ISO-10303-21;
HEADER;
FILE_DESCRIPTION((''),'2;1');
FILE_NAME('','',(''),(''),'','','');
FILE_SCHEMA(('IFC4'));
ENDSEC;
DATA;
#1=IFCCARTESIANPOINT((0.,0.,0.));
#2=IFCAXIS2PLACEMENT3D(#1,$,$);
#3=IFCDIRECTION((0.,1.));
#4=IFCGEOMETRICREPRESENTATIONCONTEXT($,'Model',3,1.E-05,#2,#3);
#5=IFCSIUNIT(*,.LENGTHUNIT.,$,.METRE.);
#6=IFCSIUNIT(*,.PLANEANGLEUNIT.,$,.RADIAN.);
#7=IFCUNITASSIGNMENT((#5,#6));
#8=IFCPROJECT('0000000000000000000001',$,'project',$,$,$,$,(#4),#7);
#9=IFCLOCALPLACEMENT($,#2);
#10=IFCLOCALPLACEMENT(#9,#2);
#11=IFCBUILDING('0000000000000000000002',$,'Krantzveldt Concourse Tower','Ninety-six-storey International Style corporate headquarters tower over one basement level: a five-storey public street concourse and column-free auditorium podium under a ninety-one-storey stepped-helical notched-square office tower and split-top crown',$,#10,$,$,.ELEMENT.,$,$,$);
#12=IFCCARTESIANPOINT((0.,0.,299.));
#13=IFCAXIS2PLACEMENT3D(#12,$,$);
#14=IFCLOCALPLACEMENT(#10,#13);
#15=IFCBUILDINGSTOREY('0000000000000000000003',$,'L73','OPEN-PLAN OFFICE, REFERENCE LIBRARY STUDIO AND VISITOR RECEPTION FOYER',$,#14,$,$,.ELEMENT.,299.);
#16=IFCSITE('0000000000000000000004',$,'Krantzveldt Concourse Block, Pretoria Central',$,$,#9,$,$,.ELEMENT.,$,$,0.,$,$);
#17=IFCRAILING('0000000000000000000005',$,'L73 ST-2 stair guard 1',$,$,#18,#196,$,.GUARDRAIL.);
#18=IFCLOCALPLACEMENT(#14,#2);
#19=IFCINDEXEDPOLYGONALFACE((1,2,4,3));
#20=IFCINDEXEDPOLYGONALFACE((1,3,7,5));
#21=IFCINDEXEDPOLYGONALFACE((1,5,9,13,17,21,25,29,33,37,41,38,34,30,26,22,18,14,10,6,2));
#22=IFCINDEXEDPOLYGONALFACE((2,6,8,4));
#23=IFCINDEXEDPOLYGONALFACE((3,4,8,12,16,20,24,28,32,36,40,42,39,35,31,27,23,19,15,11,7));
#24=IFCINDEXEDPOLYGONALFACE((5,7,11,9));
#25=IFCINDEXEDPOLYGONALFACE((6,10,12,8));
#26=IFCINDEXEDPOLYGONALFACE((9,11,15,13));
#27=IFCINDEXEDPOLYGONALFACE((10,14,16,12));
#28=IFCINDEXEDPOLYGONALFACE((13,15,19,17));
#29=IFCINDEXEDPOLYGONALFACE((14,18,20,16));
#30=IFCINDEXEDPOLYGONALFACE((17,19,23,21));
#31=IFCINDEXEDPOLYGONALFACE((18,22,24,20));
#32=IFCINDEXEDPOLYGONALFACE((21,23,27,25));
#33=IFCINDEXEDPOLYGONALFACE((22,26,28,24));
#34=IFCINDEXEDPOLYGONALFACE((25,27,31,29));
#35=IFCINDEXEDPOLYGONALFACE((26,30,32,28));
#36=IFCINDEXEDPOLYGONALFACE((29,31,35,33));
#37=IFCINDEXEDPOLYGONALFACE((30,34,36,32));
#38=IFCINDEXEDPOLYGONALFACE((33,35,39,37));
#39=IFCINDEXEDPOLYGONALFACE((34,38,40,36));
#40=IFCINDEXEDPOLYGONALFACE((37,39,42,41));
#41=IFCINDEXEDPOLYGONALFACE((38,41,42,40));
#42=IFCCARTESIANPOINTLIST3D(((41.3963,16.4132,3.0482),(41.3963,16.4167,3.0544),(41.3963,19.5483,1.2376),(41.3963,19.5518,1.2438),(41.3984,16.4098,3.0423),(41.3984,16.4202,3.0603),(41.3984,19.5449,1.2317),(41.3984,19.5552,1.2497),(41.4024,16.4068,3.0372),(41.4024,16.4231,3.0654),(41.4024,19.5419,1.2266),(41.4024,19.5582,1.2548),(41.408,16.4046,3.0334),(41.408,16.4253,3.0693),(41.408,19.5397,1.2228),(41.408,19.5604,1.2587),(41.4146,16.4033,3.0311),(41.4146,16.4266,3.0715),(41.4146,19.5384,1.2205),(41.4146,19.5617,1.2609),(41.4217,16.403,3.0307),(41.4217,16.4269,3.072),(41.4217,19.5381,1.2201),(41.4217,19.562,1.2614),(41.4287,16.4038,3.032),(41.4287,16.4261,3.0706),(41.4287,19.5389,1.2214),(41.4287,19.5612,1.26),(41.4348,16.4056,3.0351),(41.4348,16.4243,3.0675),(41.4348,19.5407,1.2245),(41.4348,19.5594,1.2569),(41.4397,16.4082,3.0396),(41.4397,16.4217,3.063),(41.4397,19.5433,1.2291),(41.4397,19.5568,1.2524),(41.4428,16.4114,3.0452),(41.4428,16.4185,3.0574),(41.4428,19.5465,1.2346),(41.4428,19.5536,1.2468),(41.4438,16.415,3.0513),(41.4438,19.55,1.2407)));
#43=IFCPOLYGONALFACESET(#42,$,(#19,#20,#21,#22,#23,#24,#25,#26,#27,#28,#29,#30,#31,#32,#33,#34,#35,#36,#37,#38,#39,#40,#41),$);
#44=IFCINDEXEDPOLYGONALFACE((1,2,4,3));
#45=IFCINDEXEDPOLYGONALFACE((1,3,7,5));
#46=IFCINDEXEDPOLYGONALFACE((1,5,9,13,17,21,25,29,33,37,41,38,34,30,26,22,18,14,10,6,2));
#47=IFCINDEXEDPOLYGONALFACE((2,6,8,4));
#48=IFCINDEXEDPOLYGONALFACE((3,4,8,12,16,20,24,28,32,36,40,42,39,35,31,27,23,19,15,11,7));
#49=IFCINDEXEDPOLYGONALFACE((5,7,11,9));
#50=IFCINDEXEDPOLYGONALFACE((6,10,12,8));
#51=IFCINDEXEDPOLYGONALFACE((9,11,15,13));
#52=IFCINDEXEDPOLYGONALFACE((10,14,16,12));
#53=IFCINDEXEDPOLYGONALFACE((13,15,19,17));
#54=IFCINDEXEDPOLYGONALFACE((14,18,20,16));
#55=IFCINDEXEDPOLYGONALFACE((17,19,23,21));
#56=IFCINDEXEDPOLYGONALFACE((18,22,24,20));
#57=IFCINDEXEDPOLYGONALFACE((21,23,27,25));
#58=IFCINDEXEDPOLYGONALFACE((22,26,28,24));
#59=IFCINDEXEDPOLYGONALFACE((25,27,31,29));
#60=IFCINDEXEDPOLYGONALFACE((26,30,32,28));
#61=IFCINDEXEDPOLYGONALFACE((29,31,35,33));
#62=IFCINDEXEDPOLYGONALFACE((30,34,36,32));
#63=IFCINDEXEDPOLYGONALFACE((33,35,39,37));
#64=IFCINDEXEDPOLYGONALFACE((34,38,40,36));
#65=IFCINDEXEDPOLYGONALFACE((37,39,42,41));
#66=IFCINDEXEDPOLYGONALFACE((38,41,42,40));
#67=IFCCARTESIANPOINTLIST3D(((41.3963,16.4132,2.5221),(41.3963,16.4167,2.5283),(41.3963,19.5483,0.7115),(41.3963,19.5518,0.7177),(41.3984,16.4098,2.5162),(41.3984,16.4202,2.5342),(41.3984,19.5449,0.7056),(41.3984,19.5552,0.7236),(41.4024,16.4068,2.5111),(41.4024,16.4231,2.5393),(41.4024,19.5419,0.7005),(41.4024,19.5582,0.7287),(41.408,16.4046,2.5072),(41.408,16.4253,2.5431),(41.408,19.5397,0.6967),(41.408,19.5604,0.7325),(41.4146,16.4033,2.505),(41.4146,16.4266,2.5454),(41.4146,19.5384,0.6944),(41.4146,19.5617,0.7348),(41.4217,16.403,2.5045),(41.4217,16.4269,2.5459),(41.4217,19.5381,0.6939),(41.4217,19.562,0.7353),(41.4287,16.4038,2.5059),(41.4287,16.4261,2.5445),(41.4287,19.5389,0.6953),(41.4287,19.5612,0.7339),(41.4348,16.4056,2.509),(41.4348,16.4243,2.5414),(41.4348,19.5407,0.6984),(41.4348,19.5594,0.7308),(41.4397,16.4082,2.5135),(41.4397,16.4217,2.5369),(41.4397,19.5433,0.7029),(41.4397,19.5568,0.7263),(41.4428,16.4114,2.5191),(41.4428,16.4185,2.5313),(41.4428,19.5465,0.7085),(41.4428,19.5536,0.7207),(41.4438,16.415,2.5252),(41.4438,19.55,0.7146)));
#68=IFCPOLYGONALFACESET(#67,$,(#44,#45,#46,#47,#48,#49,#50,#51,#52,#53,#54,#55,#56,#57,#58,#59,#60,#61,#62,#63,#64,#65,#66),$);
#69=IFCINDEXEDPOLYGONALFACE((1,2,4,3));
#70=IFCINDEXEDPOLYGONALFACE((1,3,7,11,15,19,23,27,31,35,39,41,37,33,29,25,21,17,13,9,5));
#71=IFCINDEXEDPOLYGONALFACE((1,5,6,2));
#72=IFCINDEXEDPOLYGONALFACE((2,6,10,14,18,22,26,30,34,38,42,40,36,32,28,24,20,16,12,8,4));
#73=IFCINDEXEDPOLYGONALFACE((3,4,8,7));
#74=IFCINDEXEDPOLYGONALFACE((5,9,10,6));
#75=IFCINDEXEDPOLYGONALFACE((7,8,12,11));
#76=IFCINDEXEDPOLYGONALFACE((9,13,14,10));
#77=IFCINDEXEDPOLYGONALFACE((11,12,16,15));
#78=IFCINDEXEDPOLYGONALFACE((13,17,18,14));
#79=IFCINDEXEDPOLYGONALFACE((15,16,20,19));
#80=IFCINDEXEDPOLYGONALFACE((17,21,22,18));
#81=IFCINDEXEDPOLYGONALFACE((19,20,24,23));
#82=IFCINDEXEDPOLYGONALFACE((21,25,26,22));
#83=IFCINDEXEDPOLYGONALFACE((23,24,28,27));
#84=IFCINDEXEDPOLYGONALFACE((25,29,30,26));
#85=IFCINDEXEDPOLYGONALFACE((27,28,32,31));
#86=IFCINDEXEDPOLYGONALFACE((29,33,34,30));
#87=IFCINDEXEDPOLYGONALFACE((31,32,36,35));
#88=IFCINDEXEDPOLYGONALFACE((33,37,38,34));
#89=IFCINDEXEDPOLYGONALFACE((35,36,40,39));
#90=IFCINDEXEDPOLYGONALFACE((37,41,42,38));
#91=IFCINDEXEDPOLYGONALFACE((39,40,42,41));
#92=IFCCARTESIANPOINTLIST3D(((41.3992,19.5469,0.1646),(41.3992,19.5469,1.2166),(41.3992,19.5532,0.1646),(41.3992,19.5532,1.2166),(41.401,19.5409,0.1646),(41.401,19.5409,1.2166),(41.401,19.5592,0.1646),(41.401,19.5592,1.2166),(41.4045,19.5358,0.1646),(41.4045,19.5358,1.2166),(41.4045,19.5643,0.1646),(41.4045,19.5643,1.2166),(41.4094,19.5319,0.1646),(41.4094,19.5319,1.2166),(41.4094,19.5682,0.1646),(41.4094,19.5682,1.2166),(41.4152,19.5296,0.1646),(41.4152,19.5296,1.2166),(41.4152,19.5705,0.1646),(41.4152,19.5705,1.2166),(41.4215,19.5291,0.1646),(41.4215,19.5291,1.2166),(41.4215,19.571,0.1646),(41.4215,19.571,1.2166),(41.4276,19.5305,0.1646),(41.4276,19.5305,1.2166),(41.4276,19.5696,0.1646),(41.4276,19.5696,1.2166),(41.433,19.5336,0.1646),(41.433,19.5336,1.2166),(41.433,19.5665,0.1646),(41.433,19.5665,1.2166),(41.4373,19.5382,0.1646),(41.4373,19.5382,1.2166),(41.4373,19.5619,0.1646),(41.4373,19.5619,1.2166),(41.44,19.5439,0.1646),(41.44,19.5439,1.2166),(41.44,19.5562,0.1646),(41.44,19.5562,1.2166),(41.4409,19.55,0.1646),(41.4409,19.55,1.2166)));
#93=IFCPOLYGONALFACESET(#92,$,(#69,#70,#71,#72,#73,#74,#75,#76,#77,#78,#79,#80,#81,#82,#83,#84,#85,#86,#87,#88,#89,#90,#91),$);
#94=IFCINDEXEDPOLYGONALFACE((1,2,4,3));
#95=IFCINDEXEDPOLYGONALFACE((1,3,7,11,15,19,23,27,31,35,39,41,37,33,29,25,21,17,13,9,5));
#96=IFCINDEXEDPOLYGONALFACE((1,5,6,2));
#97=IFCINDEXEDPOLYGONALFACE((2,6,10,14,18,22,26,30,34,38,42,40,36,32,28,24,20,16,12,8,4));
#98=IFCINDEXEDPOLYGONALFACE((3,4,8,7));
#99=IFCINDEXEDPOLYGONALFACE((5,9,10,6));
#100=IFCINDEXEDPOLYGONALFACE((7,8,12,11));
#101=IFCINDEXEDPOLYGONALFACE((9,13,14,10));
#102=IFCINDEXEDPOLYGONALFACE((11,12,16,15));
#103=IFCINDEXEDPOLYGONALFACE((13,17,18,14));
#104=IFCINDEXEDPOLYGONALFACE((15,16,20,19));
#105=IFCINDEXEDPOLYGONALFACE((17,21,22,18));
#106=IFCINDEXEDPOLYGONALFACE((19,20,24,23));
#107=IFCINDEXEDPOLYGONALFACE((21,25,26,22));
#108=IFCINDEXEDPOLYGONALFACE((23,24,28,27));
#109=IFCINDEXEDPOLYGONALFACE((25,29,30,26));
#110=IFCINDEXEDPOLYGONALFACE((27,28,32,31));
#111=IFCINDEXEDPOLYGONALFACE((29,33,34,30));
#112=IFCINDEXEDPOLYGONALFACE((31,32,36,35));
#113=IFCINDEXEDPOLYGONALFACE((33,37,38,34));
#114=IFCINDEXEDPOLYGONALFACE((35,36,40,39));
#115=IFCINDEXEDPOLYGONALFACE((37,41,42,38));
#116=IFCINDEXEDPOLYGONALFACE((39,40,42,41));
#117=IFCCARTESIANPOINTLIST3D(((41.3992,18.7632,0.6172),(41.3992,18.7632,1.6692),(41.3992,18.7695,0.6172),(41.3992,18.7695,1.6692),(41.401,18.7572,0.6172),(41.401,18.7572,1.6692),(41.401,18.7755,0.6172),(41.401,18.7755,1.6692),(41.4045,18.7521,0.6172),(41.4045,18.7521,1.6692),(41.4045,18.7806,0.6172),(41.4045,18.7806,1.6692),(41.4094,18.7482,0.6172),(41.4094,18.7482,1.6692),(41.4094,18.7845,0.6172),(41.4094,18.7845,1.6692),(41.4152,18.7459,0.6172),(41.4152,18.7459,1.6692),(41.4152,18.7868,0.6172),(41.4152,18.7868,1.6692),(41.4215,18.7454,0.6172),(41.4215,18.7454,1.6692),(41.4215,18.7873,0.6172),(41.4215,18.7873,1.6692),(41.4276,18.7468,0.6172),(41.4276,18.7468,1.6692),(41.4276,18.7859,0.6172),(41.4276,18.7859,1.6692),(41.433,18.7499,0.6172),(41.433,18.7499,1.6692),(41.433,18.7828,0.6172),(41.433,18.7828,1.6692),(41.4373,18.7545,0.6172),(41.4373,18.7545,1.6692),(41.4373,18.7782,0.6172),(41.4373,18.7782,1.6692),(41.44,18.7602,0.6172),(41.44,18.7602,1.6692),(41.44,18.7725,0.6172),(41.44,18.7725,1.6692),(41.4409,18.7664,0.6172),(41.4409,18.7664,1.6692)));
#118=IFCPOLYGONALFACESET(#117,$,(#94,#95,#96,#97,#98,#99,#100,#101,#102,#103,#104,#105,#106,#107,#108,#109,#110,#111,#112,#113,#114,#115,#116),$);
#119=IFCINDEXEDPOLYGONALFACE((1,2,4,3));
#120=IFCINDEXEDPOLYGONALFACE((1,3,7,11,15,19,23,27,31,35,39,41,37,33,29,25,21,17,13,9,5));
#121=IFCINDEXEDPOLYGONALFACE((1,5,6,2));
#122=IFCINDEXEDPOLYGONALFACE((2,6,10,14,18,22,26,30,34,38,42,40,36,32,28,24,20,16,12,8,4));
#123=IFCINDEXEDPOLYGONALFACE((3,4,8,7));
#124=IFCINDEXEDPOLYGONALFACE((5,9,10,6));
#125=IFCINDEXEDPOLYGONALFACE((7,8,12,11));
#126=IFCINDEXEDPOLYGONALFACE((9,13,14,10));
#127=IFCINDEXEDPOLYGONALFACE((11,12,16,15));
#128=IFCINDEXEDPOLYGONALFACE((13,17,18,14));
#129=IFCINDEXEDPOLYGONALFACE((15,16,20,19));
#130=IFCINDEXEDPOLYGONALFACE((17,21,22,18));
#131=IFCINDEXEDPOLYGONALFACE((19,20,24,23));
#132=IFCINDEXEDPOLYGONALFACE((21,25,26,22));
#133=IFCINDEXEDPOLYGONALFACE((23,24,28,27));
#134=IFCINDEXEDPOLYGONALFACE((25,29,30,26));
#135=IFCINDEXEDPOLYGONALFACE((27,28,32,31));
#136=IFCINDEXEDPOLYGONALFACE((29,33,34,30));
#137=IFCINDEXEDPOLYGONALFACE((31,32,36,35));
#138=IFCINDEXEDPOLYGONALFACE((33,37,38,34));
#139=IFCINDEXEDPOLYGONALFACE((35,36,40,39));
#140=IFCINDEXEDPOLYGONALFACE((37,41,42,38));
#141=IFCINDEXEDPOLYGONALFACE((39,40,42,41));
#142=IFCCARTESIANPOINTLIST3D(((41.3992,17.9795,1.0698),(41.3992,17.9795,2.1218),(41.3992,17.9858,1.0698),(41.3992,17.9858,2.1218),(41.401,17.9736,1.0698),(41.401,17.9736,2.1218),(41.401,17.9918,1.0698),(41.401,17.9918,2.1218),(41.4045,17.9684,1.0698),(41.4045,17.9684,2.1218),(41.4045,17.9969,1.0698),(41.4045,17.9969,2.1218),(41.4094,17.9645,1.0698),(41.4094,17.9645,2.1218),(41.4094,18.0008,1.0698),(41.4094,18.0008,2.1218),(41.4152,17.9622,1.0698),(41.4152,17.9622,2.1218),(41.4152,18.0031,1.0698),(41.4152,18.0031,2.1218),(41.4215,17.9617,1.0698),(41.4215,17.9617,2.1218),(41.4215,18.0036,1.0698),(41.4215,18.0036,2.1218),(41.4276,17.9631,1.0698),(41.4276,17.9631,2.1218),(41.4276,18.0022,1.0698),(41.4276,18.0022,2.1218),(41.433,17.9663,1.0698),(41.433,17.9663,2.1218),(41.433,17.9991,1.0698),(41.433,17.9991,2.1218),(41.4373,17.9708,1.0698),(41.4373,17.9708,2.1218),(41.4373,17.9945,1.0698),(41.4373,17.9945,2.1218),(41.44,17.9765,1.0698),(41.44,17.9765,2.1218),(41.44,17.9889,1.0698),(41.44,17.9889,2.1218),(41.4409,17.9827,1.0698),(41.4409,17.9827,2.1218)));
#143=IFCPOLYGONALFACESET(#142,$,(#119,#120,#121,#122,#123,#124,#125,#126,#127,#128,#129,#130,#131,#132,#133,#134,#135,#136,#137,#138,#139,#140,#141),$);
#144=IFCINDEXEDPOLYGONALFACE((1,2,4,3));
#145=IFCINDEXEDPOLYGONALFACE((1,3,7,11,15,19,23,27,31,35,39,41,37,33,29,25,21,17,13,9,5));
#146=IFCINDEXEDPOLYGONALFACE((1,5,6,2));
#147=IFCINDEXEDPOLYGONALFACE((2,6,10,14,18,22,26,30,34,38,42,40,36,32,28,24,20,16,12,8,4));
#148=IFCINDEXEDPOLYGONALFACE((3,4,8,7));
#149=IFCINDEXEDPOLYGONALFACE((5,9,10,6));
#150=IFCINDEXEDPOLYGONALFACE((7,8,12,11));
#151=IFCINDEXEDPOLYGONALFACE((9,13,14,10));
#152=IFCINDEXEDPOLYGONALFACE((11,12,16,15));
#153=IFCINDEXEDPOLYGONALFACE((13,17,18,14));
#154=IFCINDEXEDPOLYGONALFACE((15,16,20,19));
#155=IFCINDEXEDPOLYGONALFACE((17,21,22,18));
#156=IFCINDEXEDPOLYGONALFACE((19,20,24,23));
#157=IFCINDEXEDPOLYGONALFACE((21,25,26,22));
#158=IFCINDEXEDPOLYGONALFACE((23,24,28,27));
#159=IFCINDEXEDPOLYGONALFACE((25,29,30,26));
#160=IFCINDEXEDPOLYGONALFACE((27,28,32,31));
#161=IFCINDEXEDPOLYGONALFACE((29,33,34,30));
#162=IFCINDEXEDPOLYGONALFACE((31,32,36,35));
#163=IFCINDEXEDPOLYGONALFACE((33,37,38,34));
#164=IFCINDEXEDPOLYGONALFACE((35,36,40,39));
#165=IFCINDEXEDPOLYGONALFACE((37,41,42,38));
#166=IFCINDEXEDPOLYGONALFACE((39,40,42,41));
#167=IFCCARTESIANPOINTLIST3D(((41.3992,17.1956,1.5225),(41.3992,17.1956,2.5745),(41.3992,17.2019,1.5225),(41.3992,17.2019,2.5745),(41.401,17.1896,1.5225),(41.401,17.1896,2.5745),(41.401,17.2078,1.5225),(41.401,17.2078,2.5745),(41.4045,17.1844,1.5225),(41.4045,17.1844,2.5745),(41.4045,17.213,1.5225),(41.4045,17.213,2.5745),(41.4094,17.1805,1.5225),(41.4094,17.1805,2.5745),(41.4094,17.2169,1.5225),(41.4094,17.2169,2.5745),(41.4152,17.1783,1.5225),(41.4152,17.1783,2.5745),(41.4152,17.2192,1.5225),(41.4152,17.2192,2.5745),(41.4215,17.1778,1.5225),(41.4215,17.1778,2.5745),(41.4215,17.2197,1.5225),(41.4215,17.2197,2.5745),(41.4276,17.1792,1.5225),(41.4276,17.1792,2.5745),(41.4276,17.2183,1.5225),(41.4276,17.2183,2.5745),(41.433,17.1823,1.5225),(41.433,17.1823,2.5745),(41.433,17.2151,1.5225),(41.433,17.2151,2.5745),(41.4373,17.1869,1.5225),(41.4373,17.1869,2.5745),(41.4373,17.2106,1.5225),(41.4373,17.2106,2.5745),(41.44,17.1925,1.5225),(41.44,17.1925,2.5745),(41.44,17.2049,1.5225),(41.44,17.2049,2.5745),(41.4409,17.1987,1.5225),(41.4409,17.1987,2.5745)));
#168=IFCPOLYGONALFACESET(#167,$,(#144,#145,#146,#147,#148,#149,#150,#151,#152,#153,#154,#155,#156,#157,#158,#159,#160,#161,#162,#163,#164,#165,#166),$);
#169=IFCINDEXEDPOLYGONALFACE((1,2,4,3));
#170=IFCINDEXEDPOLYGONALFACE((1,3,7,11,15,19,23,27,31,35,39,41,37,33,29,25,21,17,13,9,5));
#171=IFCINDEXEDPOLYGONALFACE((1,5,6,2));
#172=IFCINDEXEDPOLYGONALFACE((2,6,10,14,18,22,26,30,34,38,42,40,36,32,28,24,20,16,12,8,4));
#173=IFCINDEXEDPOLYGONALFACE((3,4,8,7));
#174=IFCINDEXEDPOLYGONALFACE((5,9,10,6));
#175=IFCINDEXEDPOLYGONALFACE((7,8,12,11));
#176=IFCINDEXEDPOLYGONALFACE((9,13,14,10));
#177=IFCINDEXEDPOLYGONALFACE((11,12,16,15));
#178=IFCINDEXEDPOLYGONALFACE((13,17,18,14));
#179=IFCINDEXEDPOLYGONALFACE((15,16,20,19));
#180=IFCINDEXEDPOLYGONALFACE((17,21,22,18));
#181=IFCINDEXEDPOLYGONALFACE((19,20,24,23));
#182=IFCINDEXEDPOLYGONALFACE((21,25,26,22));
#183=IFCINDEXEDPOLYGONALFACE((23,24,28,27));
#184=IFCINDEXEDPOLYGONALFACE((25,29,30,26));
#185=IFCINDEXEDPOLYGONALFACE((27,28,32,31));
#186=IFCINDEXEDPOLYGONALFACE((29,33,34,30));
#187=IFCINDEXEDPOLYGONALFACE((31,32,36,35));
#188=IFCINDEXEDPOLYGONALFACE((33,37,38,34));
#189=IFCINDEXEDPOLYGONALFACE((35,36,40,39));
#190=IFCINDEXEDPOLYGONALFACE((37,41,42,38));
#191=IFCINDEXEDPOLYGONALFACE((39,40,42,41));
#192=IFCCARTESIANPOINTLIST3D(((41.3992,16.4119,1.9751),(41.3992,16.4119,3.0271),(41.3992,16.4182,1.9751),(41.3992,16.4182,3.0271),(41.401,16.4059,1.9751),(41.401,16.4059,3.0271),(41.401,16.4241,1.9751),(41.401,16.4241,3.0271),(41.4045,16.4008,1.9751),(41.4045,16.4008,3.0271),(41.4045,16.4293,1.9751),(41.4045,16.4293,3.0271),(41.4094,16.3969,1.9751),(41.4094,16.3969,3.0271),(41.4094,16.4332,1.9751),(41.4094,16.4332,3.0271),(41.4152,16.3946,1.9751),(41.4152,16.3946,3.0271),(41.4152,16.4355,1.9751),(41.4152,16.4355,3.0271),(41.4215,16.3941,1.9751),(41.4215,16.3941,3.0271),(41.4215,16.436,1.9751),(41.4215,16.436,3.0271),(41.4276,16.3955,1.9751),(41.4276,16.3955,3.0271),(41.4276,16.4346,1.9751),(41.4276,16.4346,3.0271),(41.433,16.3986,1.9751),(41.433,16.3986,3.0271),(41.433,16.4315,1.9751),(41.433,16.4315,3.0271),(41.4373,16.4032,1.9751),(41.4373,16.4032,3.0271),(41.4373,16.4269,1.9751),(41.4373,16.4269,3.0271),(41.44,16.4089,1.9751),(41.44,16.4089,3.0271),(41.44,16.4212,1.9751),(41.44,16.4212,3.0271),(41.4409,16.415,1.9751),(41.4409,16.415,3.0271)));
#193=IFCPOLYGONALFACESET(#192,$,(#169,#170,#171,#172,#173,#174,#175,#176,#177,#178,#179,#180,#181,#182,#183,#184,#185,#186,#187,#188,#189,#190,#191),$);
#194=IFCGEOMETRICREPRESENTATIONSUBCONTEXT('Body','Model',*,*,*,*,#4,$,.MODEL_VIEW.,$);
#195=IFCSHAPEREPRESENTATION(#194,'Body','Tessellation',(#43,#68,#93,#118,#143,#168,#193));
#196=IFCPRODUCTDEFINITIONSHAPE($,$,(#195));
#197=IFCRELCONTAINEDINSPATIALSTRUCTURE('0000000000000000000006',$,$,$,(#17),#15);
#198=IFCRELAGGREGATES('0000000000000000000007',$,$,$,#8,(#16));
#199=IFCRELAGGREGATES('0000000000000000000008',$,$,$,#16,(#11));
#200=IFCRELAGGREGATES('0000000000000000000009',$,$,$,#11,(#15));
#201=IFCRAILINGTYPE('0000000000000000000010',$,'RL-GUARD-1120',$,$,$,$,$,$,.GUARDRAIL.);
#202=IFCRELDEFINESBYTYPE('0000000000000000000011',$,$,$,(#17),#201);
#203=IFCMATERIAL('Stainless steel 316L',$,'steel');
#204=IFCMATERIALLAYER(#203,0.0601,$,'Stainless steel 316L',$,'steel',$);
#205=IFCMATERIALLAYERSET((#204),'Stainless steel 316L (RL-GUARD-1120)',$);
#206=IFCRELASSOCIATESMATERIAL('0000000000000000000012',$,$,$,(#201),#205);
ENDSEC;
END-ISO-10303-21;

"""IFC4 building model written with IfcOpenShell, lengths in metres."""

from ifc_helpers import new_model, si_unit, direction, frame, origin, origin_2d, place, context, subcontext, project, spatial, circle, extrude, material, layer, layer_set, type_object, element, save


model = new_model("IFC4")

# Units and contexts
model_context = context("Model", 3, precision=1e-05, world=origin(), true_north=direction((0.0, 1.0)))
body_context = subcontext(model_context, "Body", "Model", "MODEL_VIEW")
ifc_project = project(units=[si_unit("LENGTHUNIT", "METRE"), si_unit("PLANEANGLEUNIT", "RADIAN")], contexts=[model_context])

# Site, building, storey
site_placement = place(None, origin())
site = spatial("IfcSite", under=ifc_project, at=site_placement, Name="Krantzveldt Concourse Block, Pretoria Central", CompositionType="ELEMENT", RefElevation=0.0)
building_placement = place(site_placement, origin())
building = spatial("IfcBuilding", under=site, at=building_placement, Name="Krantzveldt Concourse Tower", Description="Ninety-six-storey International Style corporate headquarters tower over one basement level: a five-storey public street concourse and column-free auditorium podium under a ninety-one-storey stepped-helical notched-square office tower and split-top crown", CompositionType="ELEMENT")
storey_placement = place(building_placement, frame((0.0, 0.0, 299.0)))
storey = spatial("IfcBuildingStorey", under=building, at=storey_placement, Name="L73", Description="OPEN-PLAN OFFICE, REFERENCE LIBRARY STUDIO AND VISITOR RECEPTION FOYER", CompositionType="ELEMENT", Elevation=299.0)

# Shared definitions
ifc_material_1 = material(Name="Stainless steel 316L", Category="steel")

# Railing
ifc_layer_1 = layer(ifc_material_1, 0.0601, Name="Stainless steel 316L", Category="steel")
ifc_layer_set_1 = layer_set([ifc_layer_1], Name="Stainless steel 316L (RL-GUARD-1120)")
railing_type_1 = type_object("IfcRailingType", Name="RL-GUARD-1120", PredefinedType="GUARDRAIL", material=ifc_layer_set_1)
railing_1_placement = place(storey_placement, frame((41.4199, 19.55, 0.1646)))
element("IfcRailing", 1, at=railing_1_placement, inside=storey, type_object=railing_type_1, Name="L73 ST-2 stair guard 1", PredefinedType="GUARDRAIL", context=body_context, shape_type="SweptSolid", body=[
    extrude(circle(Radius=0.0239, at=origin_2d()), frame((0.0, 0.0, 1.0762), z_axis=(0.0, -0.86596, 0.500114), x_axis=(1.0, 0.0, 0.0)), (0.0, 0.0, 1.0), 3.6204),
    extrude(circle(Radius=0.0239, at=origin_2d()), frame((0.0, 0.0, 0.55), z_axis=(0.0, -0.86596, 0.500114), x_axis=(1.0, 0.0, 0.0)), (0.0, 0.0, 1.0), 3.6204),
    extrude(circle(Radius=0.021, at=origin_2d()), origin(), (0.0, 0.0, 1.0), 1.052),
    extrude(circle(Radius=0.021, at=origin_2d()), frame((0.0, -0.7837, 0.4526)), (0.0, 0.0, 1.0), 1.052),
    extrude(circle(Radius=0.021, at=origin_2d()), frame((0.0, -1.5674, 0.9053)), (0.0, 0.0, 1.0), 1.052),
    extrude(circle(Radius=0.021, at=origin_2d()), frame((0.0, -2.3513, 1.3579)), (0.0, 0.0, 1.0), 1.052),
    extrude(circle(Radius=0.021, at=origin_2d()), frame((0.0, -3.135, 1.8105)), (0.0, 0.0, 1.0), 1.052),
])

save(model, "model.ifc")
